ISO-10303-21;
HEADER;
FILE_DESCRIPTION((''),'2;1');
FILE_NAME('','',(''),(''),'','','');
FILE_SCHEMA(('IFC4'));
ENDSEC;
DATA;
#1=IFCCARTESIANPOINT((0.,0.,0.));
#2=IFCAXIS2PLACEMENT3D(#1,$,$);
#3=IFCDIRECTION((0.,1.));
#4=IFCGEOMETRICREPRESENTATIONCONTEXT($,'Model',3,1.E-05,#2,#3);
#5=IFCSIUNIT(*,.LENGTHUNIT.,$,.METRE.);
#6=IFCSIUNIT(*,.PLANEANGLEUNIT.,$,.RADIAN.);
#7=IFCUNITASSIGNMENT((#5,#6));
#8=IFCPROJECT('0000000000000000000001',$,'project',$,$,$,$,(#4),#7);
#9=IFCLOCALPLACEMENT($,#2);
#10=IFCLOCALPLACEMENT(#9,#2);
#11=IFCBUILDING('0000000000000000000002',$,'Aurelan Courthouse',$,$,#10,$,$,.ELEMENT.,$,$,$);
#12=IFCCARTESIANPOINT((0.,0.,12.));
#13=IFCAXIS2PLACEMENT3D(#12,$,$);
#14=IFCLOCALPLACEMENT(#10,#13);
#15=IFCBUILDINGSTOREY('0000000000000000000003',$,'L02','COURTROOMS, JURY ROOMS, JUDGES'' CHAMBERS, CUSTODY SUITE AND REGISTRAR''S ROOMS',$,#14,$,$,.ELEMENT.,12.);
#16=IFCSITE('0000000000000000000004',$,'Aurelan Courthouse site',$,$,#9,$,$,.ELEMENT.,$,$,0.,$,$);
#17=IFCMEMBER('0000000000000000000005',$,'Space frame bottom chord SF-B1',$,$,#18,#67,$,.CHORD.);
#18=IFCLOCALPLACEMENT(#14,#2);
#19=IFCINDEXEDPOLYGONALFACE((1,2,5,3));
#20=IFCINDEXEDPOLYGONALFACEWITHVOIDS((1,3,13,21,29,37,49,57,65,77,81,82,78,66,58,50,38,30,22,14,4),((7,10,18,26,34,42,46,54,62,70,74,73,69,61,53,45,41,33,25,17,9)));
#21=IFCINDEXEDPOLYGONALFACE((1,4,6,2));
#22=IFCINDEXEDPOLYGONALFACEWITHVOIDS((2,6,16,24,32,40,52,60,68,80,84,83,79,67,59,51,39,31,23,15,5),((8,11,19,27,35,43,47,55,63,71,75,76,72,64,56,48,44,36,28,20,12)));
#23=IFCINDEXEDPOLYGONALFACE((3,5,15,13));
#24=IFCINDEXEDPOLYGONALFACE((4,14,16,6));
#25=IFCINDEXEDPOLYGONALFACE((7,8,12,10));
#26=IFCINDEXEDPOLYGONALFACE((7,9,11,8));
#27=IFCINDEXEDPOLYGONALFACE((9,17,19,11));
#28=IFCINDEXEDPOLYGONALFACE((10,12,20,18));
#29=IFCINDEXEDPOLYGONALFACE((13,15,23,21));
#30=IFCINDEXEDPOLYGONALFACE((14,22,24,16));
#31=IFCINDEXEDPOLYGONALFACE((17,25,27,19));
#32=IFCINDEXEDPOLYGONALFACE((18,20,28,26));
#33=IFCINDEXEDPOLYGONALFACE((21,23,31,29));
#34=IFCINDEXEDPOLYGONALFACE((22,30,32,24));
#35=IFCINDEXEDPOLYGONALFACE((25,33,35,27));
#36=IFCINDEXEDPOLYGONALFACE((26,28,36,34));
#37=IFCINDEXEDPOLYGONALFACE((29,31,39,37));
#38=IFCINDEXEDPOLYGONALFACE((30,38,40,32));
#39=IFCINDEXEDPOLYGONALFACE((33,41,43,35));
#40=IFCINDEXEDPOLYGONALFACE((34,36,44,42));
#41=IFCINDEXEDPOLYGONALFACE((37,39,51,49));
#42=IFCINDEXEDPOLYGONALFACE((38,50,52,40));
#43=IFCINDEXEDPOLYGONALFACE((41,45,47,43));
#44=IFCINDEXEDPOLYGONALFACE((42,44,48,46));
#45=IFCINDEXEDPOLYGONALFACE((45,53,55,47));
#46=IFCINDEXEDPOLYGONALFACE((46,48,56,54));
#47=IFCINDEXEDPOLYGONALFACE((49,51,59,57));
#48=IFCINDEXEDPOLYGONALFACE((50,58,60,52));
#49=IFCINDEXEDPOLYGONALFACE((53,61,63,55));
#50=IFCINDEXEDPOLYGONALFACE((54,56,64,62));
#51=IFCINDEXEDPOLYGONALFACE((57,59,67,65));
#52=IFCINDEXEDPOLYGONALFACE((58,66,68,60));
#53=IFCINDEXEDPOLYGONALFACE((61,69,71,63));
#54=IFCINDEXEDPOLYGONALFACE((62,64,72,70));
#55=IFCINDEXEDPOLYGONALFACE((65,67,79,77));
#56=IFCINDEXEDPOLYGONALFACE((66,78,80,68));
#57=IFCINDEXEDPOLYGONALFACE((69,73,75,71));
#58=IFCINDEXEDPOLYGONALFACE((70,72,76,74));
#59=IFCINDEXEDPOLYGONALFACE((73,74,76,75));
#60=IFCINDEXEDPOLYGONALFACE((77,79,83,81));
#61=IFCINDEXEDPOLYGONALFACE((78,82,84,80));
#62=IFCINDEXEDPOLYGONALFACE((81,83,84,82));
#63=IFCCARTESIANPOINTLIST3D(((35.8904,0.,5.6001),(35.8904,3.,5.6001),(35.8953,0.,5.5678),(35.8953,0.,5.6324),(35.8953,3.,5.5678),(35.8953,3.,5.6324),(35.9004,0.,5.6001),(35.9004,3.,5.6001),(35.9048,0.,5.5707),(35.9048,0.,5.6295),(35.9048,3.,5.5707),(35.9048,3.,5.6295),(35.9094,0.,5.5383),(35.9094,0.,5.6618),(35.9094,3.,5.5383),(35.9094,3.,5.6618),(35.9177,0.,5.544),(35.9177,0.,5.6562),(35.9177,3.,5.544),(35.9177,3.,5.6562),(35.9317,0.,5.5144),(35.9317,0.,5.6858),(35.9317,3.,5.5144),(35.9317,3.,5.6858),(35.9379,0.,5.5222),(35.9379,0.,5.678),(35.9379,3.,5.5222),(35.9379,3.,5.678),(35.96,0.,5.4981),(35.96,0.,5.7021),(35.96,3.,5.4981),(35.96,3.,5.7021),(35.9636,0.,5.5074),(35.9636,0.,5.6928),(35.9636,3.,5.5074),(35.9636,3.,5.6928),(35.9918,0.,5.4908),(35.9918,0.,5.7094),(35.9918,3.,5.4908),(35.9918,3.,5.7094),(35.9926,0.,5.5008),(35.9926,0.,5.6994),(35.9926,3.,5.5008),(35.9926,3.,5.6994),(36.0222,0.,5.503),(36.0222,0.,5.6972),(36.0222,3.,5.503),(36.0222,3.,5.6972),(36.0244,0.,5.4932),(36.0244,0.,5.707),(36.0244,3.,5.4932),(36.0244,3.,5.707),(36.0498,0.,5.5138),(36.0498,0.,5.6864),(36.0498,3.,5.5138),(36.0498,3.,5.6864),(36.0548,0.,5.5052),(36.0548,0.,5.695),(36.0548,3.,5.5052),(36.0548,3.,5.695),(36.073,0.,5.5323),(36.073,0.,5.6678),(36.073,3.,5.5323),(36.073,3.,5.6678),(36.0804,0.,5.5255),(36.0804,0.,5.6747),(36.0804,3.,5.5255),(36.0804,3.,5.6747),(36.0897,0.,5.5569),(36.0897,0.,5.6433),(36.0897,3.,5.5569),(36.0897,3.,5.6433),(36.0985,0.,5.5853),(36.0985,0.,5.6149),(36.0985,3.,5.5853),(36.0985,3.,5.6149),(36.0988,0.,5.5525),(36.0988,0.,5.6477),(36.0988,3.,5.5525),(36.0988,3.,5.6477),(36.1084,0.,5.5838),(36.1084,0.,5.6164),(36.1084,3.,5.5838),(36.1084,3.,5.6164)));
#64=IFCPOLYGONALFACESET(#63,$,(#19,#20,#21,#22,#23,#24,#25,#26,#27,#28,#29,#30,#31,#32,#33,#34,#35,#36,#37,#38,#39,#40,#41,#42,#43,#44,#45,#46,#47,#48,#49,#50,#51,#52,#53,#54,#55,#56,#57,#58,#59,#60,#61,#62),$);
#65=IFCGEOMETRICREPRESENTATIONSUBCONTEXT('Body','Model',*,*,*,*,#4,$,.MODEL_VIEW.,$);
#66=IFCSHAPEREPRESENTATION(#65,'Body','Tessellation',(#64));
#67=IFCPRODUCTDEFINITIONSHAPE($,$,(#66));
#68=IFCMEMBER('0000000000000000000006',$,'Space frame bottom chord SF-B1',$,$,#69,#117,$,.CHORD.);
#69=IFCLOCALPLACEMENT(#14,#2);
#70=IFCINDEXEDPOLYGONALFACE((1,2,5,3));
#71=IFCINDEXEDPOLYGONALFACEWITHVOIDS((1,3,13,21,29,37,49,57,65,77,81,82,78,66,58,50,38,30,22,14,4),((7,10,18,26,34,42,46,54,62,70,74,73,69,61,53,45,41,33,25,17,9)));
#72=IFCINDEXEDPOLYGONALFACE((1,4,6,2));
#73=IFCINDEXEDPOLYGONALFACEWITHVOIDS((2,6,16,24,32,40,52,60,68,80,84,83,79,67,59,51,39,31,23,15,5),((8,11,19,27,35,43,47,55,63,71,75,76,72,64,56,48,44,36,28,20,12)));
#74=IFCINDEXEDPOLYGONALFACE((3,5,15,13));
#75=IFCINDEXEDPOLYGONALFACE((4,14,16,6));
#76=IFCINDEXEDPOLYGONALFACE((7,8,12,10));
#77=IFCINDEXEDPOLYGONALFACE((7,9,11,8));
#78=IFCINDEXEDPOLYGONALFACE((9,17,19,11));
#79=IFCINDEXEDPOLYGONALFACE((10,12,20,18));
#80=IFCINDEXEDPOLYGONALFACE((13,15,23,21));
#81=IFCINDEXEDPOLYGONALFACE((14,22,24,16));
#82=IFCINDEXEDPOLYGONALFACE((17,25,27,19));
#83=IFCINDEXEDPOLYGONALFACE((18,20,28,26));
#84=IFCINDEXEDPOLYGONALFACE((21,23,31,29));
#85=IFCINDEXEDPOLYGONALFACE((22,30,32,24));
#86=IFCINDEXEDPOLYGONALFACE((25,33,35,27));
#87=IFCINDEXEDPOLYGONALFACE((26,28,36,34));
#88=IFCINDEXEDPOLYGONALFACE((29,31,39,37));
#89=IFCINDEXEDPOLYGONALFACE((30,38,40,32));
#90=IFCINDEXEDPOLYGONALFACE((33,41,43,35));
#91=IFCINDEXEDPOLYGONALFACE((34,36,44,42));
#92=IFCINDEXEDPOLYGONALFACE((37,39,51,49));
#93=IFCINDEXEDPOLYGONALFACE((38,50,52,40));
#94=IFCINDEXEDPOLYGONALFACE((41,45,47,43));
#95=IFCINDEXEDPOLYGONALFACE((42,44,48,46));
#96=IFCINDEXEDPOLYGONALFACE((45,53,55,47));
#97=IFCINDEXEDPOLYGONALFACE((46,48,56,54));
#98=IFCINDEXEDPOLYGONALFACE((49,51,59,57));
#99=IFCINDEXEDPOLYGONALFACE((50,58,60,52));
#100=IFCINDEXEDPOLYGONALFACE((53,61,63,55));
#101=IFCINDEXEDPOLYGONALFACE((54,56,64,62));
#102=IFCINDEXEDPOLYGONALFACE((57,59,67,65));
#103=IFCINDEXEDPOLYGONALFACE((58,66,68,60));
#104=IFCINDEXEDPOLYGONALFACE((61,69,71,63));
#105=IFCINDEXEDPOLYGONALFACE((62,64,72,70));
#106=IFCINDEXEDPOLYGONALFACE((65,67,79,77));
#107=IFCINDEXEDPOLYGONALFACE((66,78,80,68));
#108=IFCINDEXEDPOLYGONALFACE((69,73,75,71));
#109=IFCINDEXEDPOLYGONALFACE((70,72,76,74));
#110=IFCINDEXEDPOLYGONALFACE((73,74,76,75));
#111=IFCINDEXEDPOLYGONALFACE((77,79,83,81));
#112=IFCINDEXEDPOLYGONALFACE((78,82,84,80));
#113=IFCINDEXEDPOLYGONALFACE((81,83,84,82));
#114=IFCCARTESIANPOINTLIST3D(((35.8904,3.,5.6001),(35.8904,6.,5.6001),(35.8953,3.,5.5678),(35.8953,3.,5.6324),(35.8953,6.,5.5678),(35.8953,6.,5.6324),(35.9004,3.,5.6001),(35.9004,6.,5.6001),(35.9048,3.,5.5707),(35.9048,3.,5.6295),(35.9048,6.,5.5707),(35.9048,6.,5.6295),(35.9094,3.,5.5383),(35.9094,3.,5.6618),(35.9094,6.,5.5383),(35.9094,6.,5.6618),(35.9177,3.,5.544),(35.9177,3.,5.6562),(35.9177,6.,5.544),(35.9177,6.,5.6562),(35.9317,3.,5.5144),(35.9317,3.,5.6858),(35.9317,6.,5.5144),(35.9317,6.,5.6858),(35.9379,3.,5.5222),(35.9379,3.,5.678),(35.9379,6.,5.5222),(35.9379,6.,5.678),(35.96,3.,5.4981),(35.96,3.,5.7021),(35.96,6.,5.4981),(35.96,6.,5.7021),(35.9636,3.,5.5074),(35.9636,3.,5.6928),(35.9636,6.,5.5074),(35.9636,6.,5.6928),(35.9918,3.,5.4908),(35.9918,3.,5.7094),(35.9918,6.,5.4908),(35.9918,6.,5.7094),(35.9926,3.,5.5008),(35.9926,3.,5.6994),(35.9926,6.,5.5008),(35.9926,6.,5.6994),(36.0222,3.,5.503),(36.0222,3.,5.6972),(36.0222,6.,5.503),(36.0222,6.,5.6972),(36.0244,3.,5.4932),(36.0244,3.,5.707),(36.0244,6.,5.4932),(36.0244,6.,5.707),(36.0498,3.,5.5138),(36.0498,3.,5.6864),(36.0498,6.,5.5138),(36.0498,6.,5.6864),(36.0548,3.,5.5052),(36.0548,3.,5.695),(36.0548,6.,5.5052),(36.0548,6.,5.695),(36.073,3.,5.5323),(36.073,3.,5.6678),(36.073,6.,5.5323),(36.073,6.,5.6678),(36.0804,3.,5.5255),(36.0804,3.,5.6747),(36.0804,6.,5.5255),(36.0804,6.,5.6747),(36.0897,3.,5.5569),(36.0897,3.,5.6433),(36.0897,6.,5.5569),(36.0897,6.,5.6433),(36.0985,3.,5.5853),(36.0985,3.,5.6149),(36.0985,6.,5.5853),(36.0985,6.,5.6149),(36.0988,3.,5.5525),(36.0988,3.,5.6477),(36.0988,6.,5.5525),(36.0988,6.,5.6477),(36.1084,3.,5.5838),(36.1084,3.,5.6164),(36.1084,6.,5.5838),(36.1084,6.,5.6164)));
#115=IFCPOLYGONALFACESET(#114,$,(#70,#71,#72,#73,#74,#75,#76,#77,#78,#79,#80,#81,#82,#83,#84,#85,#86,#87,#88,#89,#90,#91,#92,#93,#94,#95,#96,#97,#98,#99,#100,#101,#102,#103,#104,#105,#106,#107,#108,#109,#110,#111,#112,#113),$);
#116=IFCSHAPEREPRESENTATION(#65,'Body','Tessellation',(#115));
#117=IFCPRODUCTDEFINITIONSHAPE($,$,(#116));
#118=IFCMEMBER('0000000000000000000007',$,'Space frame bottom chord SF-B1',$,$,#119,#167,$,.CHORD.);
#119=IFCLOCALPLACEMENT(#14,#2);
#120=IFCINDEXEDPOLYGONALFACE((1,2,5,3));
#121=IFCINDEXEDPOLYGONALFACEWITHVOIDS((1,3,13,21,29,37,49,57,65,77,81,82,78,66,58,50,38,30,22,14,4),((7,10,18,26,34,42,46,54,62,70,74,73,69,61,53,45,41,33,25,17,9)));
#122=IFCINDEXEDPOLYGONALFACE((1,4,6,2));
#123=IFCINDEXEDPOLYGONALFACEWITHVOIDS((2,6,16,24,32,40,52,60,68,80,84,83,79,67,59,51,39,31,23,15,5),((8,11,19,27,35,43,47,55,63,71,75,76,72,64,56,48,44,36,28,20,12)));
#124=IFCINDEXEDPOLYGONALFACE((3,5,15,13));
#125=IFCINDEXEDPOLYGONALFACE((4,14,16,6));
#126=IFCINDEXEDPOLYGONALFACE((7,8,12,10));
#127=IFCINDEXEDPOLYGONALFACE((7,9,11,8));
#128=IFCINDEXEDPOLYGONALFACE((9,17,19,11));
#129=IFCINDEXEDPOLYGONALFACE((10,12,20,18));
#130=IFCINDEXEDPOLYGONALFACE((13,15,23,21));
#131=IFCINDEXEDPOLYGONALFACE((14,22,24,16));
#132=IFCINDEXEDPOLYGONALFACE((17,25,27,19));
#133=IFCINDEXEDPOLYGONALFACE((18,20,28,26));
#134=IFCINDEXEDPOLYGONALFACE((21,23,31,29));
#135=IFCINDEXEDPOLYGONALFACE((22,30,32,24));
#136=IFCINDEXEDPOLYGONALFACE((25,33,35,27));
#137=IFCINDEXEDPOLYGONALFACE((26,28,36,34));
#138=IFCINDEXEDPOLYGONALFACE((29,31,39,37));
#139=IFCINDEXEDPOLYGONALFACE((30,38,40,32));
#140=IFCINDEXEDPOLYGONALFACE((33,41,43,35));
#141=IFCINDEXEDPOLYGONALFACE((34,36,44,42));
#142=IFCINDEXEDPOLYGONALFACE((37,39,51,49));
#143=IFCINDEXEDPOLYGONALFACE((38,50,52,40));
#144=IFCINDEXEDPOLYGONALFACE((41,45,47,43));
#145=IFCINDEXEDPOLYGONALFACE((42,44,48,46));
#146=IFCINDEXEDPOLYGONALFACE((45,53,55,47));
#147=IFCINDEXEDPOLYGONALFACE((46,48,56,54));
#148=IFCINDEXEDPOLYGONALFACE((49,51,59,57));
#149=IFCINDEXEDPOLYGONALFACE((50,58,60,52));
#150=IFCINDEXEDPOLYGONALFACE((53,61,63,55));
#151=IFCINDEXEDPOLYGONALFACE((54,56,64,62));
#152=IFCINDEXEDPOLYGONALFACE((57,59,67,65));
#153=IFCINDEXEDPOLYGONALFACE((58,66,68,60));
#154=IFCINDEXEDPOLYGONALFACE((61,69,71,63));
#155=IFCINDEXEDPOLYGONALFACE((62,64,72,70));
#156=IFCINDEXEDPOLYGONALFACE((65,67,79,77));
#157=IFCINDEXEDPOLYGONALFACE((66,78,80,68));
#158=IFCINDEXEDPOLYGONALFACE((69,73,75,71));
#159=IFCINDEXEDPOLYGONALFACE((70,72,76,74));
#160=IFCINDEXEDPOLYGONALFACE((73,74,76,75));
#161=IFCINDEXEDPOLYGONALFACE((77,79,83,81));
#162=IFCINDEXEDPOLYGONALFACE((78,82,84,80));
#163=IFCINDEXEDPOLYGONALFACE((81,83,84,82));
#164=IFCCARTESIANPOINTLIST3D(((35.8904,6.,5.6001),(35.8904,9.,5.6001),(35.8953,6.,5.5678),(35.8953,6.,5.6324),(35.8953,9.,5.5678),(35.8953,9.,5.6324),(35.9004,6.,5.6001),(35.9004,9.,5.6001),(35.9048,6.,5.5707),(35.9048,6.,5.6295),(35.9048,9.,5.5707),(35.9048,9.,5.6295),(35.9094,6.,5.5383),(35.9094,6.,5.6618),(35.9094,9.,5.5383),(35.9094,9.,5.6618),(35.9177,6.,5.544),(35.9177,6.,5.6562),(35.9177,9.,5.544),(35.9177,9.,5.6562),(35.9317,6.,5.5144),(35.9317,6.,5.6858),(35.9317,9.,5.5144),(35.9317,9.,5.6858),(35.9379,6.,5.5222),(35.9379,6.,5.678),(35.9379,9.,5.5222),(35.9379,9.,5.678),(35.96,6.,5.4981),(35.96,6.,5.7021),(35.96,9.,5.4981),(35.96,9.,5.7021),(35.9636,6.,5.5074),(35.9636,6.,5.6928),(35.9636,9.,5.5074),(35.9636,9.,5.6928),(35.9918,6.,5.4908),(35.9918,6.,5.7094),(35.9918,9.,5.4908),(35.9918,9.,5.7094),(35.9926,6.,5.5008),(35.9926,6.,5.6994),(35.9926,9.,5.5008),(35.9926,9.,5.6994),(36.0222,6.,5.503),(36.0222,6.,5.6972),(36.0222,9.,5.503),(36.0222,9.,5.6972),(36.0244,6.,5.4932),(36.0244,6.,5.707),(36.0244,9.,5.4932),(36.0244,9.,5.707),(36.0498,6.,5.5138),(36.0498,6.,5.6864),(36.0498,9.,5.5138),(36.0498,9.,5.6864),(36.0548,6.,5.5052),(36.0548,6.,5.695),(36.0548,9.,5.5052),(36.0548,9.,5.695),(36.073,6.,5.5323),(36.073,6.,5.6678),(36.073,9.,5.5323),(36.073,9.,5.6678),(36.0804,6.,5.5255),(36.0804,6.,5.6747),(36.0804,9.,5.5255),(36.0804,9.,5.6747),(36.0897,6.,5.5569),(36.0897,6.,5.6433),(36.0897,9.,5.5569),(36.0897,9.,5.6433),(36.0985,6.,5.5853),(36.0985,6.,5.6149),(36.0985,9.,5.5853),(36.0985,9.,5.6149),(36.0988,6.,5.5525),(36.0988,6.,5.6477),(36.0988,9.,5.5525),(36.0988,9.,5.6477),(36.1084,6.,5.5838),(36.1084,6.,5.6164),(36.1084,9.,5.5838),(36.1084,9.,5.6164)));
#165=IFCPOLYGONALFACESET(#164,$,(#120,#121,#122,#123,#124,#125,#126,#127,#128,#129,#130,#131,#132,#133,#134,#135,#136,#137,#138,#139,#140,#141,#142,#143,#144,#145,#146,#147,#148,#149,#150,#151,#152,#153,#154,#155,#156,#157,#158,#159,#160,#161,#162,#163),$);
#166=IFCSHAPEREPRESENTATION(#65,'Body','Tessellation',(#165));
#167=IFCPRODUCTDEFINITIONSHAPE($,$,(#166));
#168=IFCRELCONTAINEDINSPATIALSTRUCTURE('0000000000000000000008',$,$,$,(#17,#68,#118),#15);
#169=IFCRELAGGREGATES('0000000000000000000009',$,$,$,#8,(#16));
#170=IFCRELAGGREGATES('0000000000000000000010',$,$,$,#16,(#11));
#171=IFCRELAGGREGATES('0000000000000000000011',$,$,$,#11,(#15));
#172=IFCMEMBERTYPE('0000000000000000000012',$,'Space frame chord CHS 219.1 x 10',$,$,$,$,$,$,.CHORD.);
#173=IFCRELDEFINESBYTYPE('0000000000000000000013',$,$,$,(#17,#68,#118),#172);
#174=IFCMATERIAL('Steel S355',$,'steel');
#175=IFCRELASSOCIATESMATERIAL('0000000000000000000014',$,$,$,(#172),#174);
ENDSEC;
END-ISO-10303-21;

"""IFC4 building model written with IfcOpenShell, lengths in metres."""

from ifc_helpers import new_model, si_unit, direction, frame, origin, origin_2d, place, context, subcontext, project, spatial, hollow_circle, extrude, material, material_profile, profile_set, type_object, element, save


model = new_model("IFC4")

# Units and contexts
model_context = context("Model", 3, precision=1e-05, world=origin(), true_north=direction((0.0, 1.0)))
body_context = subcontext(model_context, "Body", "Model", "MODEL_VIEW")
ifc_project = project(units=[si_unit("LENGTHUNIT", "METRE"), si_unit("PLANEANGLEUNIT", "RADIAN")], contexts=[model_context])

# Site, building, storey
site_placement = place(None, origin())
site = spatial("IfcSite", under=ifc_project, at=site_placement, Name="Aurelan Courthouse site", CompositionType="ELEMENT", RefElevation=0.0)
building_placement = place(site_placement, origin())
building = spatial("IfcBuilding", under=site, at=building_placement, Name="Aurelan Courthouse", CompositionType="ELEMENT")
storey_placement = place(building_placement, frame((0.0, 0.0, 12.0)))
storey = spatial("IfcBuildingStorey", under=building, at=storey_placement, Name="L02", Description="COURTROOMS, JURY ROOMS, JUDGES' CHAMBERS, CUSTODY SUITE AND REGISTRAR'S ROOMS", CompositionType="ELEMENT", Elevation=12.0)

# Shared definitions
ifc_material_1 = material(Name="Steel S355", Category="steel")

# Members
ifc_material_profile_1 = material_profile(ifc_material_1, hollow_circle(Radius=0.1096, WallThickness=0.01, at=origin_2d()), Name="CHS 219.1 x 10")
ifc_profile_set_1 = profile_set([ifc_material_profile_1], Name="Steel S355")
member_type_1 = type_object("IfcMemberType", Name="Space frame chord CHS 219.1 x 10", PredefinedType="CHORD", material=ifc_profile_set_1)
for number, where, z_axis, x_axis, name in (
    (1, (36.0, 0.0, 5.6001), (0.0, 1.0, 0.0), (-1.0, 0.0, 0.0), "Space frame bottom chord SF-B1"),
    (2, (36.0, 3.0, 5.6001), (0.0, 1.0, 0.0), (-1.0, 0.0, 0.0), "Space frame bottom chord SF-B1"),
    (3, (36.0, 6.0, 5.6001), (0.0, 1.0, 0.0), (-1.0, 0.0, 0.0), "Space frame bottom chord SF-B1"),
):
    element("IfcMember", number, at=place(storey_placement, frame(where, z_axis=z_axis, x_axis=x_axis)), inside=storey, type_object=member_type_1, Name=name, PredefinedType="CHORD", context=body_context, shape_type="SweptSolid", body=[
        extrude(hollow_circle(Radius=0.1096, WallThickness=0.01, at=origin_2d()), origin(), (0.0, 0.0, 1.0), 3.0),
    ])

save(model, "model.ifc")
